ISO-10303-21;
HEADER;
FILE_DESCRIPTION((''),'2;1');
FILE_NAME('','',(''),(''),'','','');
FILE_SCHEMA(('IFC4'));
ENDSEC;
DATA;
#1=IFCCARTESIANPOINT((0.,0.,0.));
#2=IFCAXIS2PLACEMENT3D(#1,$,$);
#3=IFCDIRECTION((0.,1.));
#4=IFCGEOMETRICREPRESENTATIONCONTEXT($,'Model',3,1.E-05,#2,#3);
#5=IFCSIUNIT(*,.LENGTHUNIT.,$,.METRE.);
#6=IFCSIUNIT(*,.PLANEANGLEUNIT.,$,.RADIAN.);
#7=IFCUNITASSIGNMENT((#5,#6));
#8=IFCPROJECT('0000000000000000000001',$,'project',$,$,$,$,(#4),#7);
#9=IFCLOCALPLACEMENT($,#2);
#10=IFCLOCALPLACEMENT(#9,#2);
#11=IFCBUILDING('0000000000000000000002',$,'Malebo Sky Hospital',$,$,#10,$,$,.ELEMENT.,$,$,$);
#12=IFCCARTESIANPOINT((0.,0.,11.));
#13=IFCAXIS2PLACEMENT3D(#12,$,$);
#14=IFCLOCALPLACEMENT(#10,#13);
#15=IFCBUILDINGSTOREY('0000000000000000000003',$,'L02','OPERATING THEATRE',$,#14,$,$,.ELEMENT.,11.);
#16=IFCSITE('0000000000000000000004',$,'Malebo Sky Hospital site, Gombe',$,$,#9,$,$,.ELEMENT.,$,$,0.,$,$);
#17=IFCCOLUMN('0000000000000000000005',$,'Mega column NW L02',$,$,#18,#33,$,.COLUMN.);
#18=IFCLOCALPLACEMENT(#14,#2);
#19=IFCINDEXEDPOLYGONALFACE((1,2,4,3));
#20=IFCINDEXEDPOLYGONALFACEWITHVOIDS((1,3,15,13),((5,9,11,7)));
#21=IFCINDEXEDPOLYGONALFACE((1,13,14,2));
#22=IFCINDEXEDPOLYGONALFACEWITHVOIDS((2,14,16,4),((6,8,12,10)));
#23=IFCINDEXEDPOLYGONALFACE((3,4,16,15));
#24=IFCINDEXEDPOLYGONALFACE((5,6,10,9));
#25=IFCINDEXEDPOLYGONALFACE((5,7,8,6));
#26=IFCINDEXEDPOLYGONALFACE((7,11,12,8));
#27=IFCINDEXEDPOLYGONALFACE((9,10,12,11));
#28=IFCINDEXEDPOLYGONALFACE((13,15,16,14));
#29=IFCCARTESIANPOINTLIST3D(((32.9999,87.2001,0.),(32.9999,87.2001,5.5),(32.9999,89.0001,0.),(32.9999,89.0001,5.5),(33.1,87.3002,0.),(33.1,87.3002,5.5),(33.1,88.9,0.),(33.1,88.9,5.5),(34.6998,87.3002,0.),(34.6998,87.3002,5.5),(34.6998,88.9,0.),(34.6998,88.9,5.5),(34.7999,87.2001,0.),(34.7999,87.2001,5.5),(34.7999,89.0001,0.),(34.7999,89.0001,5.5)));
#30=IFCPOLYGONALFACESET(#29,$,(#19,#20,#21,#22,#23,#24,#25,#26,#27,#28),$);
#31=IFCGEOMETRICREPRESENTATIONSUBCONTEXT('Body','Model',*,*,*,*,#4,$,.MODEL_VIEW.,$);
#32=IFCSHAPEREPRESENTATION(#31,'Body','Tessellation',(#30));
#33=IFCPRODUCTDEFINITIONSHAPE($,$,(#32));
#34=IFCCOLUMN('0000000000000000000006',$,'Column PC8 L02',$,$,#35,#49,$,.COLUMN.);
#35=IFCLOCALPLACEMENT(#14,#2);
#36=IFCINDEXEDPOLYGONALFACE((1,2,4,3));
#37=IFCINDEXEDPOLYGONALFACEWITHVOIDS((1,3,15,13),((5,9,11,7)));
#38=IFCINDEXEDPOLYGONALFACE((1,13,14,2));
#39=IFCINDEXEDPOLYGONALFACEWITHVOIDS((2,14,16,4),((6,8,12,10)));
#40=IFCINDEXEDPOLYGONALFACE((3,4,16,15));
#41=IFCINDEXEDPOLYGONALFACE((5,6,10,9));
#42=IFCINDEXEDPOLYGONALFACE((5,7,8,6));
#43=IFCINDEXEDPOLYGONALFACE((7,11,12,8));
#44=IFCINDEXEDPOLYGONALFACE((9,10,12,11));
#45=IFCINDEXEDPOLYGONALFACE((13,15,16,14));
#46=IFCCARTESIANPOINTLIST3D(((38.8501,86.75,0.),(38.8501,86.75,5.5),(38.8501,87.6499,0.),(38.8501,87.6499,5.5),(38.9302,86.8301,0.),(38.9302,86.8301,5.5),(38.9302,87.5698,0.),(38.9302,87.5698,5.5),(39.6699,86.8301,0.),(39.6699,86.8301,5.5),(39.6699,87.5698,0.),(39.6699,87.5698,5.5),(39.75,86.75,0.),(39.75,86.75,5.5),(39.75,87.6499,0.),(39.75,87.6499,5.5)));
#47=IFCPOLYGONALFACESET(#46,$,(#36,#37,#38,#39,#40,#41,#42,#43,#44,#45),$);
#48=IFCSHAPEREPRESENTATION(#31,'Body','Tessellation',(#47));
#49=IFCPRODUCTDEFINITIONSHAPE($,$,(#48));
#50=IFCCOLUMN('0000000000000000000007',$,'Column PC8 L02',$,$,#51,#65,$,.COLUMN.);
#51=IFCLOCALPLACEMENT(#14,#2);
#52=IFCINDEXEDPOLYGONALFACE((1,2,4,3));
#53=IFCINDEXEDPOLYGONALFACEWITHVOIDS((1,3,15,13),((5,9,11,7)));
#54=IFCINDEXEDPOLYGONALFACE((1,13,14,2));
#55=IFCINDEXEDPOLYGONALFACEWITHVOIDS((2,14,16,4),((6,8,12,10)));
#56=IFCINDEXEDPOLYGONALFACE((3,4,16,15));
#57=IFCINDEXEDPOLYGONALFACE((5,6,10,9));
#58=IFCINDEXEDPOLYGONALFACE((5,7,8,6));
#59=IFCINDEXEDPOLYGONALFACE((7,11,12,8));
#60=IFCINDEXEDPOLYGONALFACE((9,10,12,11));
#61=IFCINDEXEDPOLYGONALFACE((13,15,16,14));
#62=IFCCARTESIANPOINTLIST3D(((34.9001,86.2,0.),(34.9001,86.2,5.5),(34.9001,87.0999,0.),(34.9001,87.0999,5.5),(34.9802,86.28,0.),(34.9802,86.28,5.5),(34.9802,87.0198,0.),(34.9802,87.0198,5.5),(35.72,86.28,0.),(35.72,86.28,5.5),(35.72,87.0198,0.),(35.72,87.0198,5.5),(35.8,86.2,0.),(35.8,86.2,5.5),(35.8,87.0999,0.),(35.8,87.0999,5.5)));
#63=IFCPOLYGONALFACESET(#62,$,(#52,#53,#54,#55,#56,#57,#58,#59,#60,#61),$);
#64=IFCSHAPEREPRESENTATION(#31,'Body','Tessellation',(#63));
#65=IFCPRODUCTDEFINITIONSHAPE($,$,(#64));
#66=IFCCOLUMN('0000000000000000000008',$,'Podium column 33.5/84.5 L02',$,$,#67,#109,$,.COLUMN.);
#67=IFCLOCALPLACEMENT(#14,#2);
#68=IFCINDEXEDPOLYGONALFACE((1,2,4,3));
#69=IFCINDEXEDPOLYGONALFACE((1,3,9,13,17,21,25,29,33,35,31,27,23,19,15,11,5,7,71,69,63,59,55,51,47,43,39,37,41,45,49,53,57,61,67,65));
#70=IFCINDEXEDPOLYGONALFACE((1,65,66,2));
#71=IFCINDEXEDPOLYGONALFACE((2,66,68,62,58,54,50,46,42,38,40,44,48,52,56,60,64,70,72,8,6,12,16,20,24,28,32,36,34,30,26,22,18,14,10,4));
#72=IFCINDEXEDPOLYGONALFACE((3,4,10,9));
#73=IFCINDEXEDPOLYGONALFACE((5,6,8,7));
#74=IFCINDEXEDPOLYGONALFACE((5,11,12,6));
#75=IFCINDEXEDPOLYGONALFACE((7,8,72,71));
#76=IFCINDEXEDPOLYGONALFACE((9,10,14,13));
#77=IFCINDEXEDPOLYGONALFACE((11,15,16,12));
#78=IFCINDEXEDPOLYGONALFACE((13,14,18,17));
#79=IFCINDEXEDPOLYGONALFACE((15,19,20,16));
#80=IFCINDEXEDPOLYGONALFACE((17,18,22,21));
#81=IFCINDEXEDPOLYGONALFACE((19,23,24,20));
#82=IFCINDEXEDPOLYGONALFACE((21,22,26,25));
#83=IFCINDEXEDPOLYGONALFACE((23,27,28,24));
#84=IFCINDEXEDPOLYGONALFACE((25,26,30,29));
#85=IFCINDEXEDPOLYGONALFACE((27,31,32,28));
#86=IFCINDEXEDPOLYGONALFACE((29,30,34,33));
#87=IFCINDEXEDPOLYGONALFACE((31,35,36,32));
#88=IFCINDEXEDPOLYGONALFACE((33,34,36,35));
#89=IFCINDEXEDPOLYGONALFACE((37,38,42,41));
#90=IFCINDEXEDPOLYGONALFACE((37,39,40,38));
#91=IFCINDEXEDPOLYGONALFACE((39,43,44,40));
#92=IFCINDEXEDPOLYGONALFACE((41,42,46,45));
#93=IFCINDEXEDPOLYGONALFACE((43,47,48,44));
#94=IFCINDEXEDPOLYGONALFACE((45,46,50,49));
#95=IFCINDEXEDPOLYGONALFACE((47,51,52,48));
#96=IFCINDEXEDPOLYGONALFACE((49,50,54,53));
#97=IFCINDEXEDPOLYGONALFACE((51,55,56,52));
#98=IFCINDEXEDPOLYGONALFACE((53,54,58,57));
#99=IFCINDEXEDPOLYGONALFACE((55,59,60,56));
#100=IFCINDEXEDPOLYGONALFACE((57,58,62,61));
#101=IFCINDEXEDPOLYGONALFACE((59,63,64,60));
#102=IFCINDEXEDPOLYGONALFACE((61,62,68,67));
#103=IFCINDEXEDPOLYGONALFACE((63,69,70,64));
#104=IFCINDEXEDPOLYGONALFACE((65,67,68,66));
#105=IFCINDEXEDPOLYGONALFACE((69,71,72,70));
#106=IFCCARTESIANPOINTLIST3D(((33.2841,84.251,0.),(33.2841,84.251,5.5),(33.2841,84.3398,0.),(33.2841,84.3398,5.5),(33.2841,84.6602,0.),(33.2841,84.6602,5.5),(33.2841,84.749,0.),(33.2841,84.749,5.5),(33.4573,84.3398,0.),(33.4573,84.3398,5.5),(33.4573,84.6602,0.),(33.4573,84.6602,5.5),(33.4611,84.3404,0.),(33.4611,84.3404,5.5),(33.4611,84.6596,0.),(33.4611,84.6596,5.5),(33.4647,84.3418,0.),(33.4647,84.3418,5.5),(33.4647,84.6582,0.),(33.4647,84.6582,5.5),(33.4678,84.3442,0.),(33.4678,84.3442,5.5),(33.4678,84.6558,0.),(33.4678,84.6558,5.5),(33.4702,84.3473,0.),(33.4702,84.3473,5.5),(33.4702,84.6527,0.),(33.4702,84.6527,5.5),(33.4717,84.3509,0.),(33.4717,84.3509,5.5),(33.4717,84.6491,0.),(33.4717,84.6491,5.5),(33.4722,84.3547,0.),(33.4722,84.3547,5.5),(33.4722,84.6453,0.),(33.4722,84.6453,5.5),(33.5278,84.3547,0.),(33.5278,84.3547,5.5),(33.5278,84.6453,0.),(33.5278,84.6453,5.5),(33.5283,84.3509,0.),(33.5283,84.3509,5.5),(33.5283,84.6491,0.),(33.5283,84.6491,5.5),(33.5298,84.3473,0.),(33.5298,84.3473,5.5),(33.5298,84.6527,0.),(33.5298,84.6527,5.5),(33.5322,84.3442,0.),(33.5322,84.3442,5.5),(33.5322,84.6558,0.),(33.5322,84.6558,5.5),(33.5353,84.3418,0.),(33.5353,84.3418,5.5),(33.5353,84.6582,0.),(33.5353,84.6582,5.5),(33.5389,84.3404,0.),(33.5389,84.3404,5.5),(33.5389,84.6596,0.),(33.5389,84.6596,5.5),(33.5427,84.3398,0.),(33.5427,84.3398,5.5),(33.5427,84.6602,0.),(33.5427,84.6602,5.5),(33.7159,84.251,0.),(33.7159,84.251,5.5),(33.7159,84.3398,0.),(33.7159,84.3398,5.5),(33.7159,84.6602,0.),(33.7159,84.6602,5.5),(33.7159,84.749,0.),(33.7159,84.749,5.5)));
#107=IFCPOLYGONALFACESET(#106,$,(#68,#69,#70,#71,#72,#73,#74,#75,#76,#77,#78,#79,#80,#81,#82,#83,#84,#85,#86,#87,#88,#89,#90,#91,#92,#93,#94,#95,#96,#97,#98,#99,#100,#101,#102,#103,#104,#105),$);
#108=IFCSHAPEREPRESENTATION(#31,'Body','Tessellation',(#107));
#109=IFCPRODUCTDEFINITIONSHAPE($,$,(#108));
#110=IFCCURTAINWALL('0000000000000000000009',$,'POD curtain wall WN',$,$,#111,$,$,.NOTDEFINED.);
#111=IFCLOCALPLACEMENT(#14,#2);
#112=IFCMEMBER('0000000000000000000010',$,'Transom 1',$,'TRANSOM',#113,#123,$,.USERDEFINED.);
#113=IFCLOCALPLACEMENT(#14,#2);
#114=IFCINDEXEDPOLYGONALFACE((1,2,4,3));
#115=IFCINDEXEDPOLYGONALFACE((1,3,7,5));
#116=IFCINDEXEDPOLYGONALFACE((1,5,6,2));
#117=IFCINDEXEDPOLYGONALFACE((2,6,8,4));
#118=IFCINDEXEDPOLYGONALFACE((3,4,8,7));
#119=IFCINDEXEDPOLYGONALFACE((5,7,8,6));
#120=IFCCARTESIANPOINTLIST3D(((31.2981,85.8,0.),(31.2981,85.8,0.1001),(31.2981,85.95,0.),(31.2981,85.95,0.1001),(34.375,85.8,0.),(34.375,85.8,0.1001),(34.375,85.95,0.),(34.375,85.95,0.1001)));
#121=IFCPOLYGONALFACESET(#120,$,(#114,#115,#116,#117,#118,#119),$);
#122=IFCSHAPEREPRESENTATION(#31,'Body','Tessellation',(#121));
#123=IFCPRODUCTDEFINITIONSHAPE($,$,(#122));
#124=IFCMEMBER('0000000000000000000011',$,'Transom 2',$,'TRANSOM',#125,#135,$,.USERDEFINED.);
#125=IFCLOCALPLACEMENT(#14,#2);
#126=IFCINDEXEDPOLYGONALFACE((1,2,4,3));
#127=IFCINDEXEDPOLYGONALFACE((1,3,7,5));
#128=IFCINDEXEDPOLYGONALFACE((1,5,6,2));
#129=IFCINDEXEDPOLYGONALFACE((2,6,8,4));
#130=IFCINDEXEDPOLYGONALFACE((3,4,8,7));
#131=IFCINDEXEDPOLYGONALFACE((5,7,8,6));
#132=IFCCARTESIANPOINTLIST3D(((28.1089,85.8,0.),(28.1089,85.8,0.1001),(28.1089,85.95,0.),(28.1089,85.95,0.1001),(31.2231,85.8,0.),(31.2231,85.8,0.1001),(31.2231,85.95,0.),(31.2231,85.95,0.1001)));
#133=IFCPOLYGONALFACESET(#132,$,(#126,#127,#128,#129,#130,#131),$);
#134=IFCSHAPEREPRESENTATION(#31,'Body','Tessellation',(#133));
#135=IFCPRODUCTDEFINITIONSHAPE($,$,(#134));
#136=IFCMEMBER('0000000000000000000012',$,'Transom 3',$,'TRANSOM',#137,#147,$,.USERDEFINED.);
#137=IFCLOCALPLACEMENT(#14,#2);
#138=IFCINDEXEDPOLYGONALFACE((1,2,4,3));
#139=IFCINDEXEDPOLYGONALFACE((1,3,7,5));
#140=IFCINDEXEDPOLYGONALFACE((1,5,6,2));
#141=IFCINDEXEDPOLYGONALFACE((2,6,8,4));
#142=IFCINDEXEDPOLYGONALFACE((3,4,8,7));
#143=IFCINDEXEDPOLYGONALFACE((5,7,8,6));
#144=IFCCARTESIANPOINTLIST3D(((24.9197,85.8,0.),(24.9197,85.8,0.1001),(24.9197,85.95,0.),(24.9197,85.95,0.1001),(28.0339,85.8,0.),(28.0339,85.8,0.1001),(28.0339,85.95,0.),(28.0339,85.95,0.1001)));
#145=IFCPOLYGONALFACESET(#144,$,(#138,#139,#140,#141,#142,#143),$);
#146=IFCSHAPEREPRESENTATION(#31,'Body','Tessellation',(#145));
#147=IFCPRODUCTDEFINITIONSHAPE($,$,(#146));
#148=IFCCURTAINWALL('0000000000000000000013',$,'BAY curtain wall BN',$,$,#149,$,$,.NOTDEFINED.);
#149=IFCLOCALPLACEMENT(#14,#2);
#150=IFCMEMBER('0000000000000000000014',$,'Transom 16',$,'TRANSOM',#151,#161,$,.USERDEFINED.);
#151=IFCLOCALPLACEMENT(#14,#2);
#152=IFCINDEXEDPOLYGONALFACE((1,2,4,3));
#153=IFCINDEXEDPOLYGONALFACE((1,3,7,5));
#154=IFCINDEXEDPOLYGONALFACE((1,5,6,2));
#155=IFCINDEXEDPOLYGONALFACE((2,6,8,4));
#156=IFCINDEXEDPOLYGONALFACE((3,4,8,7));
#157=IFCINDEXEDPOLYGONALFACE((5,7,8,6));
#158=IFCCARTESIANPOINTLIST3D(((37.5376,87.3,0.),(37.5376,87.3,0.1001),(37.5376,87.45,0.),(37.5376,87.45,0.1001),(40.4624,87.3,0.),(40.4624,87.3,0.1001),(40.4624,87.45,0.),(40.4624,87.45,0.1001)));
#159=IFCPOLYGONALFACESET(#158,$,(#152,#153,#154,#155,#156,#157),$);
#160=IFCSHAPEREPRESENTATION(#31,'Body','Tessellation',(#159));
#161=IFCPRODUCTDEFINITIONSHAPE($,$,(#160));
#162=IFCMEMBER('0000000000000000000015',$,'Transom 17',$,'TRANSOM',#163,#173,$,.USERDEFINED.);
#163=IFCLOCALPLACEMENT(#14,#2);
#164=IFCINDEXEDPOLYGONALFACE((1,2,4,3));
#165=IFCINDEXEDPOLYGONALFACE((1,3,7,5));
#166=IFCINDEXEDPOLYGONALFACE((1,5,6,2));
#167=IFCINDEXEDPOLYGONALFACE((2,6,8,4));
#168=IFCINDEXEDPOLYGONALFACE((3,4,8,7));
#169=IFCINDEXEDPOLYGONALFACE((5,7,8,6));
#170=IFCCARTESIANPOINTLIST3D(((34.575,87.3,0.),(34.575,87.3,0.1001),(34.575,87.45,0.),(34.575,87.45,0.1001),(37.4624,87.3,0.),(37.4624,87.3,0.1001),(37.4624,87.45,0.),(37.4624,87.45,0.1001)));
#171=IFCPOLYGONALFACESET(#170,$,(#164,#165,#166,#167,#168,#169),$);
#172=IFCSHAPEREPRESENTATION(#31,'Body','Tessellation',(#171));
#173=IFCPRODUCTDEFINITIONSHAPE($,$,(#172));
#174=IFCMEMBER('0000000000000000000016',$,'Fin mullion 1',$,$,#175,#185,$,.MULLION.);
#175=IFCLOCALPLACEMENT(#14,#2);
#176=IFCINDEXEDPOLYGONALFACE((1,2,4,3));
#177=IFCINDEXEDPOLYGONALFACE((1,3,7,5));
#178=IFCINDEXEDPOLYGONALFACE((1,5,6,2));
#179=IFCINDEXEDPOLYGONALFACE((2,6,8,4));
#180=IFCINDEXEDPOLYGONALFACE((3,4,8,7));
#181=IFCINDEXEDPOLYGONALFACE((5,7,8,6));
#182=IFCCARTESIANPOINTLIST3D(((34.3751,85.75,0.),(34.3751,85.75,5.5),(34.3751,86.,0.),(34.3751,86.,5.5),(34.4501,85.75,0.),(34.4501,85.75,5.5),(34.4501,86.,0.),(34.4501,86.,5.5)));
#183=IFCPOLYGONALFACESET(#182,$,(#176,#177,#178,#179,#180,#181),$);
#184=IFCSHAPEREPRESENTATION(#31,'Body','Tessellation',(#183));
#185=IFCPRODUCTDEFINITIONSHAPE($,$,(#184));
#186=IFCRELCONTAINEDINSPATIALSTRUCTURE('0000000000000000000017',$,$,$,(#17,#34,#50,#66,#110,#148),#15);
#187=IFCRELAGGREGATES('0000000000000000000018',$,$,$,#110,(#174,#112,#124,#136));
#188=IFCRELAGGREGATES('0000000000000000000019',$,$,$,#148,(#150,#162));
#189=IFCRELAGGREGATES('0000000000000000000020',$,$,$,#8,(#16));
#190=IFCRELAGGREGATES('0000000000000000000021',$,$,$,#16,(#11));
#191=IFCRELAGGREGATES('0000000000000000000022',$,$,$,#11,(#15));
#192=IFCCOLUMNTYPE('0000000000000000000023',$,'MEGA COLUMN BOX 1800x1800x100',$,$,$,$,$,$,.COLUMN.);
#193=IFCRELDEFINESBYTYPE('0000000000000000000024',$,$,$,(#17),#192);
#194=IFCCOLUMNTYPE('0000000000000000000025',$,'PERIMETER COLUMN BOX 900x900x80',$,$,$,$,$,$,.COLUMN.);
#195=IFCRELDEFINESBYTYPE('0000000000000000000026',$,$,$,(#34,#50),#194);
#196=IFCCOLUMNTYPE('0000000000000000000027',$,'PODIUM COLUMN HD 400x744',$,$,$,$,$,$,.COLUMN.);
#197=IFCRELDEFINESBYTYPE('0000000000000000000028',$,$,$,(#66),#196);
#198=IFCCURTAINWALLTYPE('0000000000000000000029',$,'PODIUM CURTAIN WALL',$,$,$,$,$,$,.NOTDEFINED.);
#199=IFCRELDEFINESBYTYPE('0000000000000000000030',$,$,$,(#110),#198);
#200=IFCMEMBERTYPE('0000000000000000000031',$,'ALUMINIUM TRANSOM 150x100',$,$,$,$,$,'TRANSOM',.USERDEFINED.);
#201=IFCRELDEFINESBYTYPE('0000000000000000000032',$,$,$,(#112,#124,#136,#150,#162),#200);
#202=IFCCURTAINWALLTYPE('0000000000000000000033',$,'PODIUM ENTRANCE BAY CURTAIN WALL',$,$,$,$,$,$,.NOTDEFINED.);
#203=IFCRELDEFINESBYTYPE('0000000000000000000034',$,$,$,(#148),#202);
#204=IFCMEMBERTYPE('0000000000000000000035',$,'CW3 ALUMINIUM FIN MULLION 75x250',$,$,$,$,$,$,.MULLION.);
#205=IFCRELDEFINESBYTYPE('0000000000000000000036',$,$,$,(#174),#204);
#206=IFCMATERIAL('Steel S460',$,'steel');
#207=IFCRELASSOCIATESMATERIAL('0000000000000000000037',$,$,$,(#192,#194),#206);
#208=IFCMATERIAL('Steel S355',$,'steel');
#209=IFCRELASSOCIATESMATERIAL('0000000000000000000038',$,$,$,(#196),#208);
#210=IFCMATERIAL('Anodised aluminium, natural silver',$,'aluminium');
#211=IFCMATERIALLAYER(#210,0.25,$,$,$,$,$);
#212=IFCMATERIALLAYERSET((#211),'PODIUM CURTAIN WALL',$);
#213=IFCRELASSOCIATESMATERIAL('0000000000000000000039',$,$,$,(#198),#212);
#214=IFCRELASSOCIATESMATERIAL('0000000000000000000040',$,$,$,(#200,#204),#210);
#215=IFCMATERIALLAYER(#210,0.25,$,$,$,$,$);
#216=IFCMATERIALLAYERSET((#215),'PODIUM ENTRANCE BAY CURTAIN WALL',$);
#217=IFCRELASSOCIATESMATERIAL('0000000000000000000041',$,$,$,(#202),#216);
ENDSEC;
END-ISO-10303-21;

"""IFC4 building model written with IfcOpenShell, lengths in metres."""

from ifc_helpers import new_model, si_unit, direction, frame, origin, origin_2d, place, context, subcontext, project, spatial, rectangle, hollow_rectangle, i_section, extrude, material, layer, layer_set, material_profile, profile_set, type_object, element, aggregate, save


model = new_model("IFC4")

# Units and contexts
model_context = context("Model", 3, precision=1e-05, world=origin(), true_north=direction((0.0, 1.0)))
body_context = subcontext(model_context, "Body", "Model", "MODEL_VIEW")
ifc_project = project(units=[si_unit("LENGTHUNIT", "METRE"), si_unit("PLANEANGLEUNIT", "RADIAN")], contexts=[model_context])

# Site, building, storey
site_placement = place(None, origin())
site = spatial("IfcSite", under=ifc_project, at=site_placement, Name="Malebo Sky Hospital site, Gombe", CompositionType="ELEMENT", RefElevation=0.0)
building_placement = place(site_placement, origin())
building = spatial("IfcBuilding", under=site, at=building_placement, Name="Malebo Sky Hospital", CompositionType="ELEMENT")
storey_placement = place(building_placement, frame((0.0, 0.0, 11.0)))
storey = spatial("IfcBuildingStorey", under=building, at=storey_placement, Name="L02", Description="OPERATING THEATRE", CompositionType="ELEMENT", Elevation=11.0)

# Columns
ifc_material_1 = material(Name="Steel S460", Category="steel")
ifc_material_profile_1 = material_profile(ifc_material_1, hollow_rectangle(XDim=1.8, YDim=1.8, WallThickness=0.1001, at=origin_2d()), Name="BOX 1800x1800x100")
ifc_profile_set_1 = profile_set([ifc_material_profile_1], Name="Steel S460")
column_type_1 = type_object("IfcColumnType", Name="MEGA COLUMN BOX 1800x1800x100", PredefinedType="COLUMN", material=ifc_profile_set_1)
column_1_placement = place(storey_placement, frame((33.8999, 88.1001, 0.0), z_axis=(0.0, 0.0, 1.0), x_axis=(1.0, 0.0, 0.0)))
element("IfcColumn", 1, at=column_1_placement, inside=storey, type_object=column_type_1, Name="Mega column NW L02", PredefinedType="COLUMN", context=body_context, shape_type="SweptSolid", body=[
    extrude(hollow_rectangle(XDim=1.8, YDim=1.8, WallThickness=0.1001, at=origin_2d()), origin(), (0.0, 0.0, 1.0), 5.5),
])
ifc_material_profile_2 = material_profile(ifc_material_1, hollow_rectangle(XDim=0.8999, YDim=0.8999, WallThickness=0.0801, at=origin_2d()), Name="BOX 900x900x80")
ifc_profile_set_2 = profile_set([ifc_material_profile_2], Name="Steel S460")
column_type_2 = type_object("IfcColumnType", Name="PERIMETER COLUMN BOX 900x900x80", PredefinedType="COLUMN", material=ifc_profile_set_2)
for number, where, z_axis, x_axis, name in (
    (2, (39.3, 87.2, 0.0), (0.0, 0.0, 1.0), (1.0, 0.0, 0.0), "Column PC8 L02"),
    (3, (35.3501, 86.6499, 0.0), (0.0, 0.0, 1.0), (1.0, 0.0, 0.0), "Column PC8 L02"),
):
    element("IfcColumn", number, at=place(storey_placement, frame(where, z_axis=z_axis, x_axis=x_axis)), inside=storey, type_object=column_type_2, Name=name, PredefinedType="COLUMN", context=body_context, shape_type="SweptSolid", body=[
        extrude(hollow_rectangle(XDim=0.8999, YDim=0.8999, WallThickness=0.0801, at=origin_2d()), origin(), (0.0, 0.0, 1.0), 5.5),
    ])
ifc_material_2 = material(Name="Steel S355", Category="steel")
ifc_material_profile_3 = material_profile(ifc_material_2, i_section(OverallWidth=0.4319, OverallDepth=0.498, WebThickness=0.0557, FlangeThickness=0.0889, FilletRadius=0.0149, at=origin_2d()), Name="HD 400x744")
ifc_profile_set_3 = profile_set([ifc_material_profile_3], Name="Steel S355")
column_type_3 = type_object("IfcColumnType", Name="PODIUM COLUMN HD 400x744", PredefinedType="COLUMN", material=ifc_profile_set_3)
column_2_placement = place(storey_placement, frame((33.5, 84.5, 0.0), z_axis=(0.0, 0.0, 1.0), x_axis=(1.0, 0.0, 0.0)))
element("IfcColumn", 4, at=column_2_placement, inside=storey, type_object=column_type_3, Name="Podium column 33.5/84.5 L02", PredefinedType="COLUMN", context=body_context, shape_type="SweptSolid", body=[
    extrude(i_section(OverallWidth=0.4319, OverallDepth=0.498, WebThickness=0.0557, FlangeThickness=0.0889, FilletRadius=0.0149, at=origin_2d()), origin(), (0.0, 0.0, 1.0), 5.5),
])

# Curtain walls, members
ifc_material_3 = material(Name="Anodised aluminium, natural silver", Category="aluminium")
ifc_layer_1 = layer(ifc_material_3, 0.25)
ifc_layer_set_1 = layer_set([ifc_layer_1], Name="PODIUM CURTAIN WALL")
curtain_wall_type_1 = type_object("IfcCurtainWallType", Name="PODIUM CURTAIN WALL", PredefinedType="NOTDEFINED", material=ifc_layer_set_1)
curtain_wall_1_placement = place(storey_placement, origin())
curtain_wall_1 = element("IfcCurtainWall", 5, at=curtain_wall_1_placement, inside=storey, type_object=curtain_wall_type_1, Name="POD curtain wall WN", PredefinedType="NOTDEFINED")
ifc_material_profile_4 = material_profile(ifc_material_3, rectangle(XDim=0.1499, YDim=0.1001, at=origin_2d()), Name="ALUMINIUM TRANSOM 150x100")
ifc_profile_set_4 = profile_set([ifc_material_profile_4], Name="Anodised aluminium, natural silver")
member_type_1 = type_object("IfcMemberType", Name="ALUMINIUM TRANSOM 150x100", ElementType="TRANSOM", PredefinedType="USERDEFINED", material=ifc_profile_set_4)
member_1_placement = place(storey_placement, frame((34.375, 85.875, 0.05), z_axis=(-1.0, 0.0, 0.0), x_axis=(0.0, -1.0, 0.0)))
member_1 = element("IfcMember", 6, at=member_1_placement, type_object=member_type_1, Name="Transom 1", ObjectType="TRANSOM", PredefinedType="USERDEFINED", context=body_context, shape_type="SweptSolid", body=[
    extrude(rectangle(XDim=0.1499, YDim=0.1001, at=origin_2d()), origin(), (0.0, 0.0, 1.0), 3.0769),
])
member_2_placement = place(storey_placement, frame((31.2231, 85.875, 0.05), z_axis=(-1.0, 0.0, 0.0), x_axis=(0.0, -1.0, 0.0)))
member_2 = element("IfcMember", 7, at=member_2_placement, type_object=member_type_1, Name="Transom 2", ObjectType="TRANSOM", PredefinedType="USERDEFINED", context=body_context, shape_type="SweptSolid", body=[
    extrude(rectangle(XDim=0.1499, YDim=0.1001, at=origin_2d()), origin(), (0.0, 0.0, 1.0), 3.1143),
])
member_3_placement = place(storey_placement, frame((28.0339, 85.875, 0.05), z_axis=(-1.0, 0.0, 0.0), x_axis=(0.0, -1.0, 0.0)))
member_3 = element("IfcMember", 8, at=member_3_placement, type_object=member_type_1, Name="Transom 3", ObjectType="TRANSOM", PredefinedType="USERDEFINED", context=body_context, shape_type="SweptSolid", body=[
    extrude(rectangle(XDim=0.1499, YDim=0.1001, at=origin_2d()), origin(), (0.0, 0.0, 1.0), 3.1143),
])
ifc_layer_2 = layer(ifc_material_3, 0.25)
ifc_layer_set_2 = layer_set([ifc_layer_2], Name="PODIUM ENTRANCE BAY CURTAIN WALL")
curtain_wall_type_2 = type_object("IfcCurtainWallType", Name="PODIUM ENTRANCE BAY CURTAIN WALL", PredefinedType="NOTDEFINED", material=ifc_layer_set_2)
curtain_wall_2_placement = place(storey_placement, origin())
curtain_wall_2 = element("IfcCurtainWall", 9, at=curtain_wall_2_placement, inside=storey, type_object=curtain_wall_type_2, Name="BAY curtain wall BN", PredefinedType="NOTDEFINED")
member_4_placement = place(storey_placement, frame((40.4624, 87.375, 0.05), z_axis=(-1.0, 0.0, 0.0), x_axis=(0.0, -1.0, 0.0)))
member_4 = element("IfcMember", 10, at=member_4_placement, type_object=member_type_1, Name="Transom 16", ObjectType="TRANSOM", PredefinedType="USERDEFINED", context=body_context, shape_type="SweptSolid", body=[
    extrude(rectangle(XDim=0.1499, YDim=0.1001, at=origin_2d()), origin(), (0.0, 0.0, 1.0), 2.9248),
])
member_5_placement = place(storey_placement, frame((37.4624, 87.375, 0.05), z_axis=(-1.0, 0.0, 0.0), x_axis=(0.0, -1.0, 0.0)))
member_5 = element("IfcMember", 11, at=member_5_placement, type_object=member_type_1, Name="Transom 17", ObjectType="TRANSOM", PredefinedType="USERDEFINED", context=body_context, shape_type="SweptSolid", body=[
    extrude(rectangle(XDim=0.1499, YDim=0.1001, at=origin_2d()), origin(), (0.0, 0.0, 1.0), 2.8875),
])

# Member
ifc_material_profile_5 = material_profile(ifc_material_3, rectangle(XDim=0.075, YDim=0.25, at=origin_2d()), Name="CW3 ALUMINIUM FIN MULLION 75x250")
ifc_profile_set_5 = profile_set([ifc_material_profile_5], Name="Anodised aluminium, natural silver")
member_type_2 = type_object("IfcMemberType", Name="CW3 ALUMINIUM FIN MULLION 75x250", PredefinedType="MULLION", material=ifc_profile_set_5)
member_6_placement = place(storey_placement, frame((34.4126, 85.875, 0.0), z_axis=(0.0, 0.0, 1.0), x_axis=(-1.0, 0.0, 0.0)))
member_6 = element("IfcMember", 12, at=member_6_placement, type_object=member_type_2, Name="Fin mullion 1", PredefinedType="MULLION", context=body_context, shape_type="SweptSolid", body=[
    extrude(rectangle(XDim=0.075, YDim=0.25, at=origin_2d()), origin(), (0.0, 0.0, 1.0), 5.5),
])

aggregate(curtain_wall_1, [member_6, member_1, member_2, member_3])
aggregate(curtain_wall_2, [member_4, member_5])

save(model, "model.ifc")
